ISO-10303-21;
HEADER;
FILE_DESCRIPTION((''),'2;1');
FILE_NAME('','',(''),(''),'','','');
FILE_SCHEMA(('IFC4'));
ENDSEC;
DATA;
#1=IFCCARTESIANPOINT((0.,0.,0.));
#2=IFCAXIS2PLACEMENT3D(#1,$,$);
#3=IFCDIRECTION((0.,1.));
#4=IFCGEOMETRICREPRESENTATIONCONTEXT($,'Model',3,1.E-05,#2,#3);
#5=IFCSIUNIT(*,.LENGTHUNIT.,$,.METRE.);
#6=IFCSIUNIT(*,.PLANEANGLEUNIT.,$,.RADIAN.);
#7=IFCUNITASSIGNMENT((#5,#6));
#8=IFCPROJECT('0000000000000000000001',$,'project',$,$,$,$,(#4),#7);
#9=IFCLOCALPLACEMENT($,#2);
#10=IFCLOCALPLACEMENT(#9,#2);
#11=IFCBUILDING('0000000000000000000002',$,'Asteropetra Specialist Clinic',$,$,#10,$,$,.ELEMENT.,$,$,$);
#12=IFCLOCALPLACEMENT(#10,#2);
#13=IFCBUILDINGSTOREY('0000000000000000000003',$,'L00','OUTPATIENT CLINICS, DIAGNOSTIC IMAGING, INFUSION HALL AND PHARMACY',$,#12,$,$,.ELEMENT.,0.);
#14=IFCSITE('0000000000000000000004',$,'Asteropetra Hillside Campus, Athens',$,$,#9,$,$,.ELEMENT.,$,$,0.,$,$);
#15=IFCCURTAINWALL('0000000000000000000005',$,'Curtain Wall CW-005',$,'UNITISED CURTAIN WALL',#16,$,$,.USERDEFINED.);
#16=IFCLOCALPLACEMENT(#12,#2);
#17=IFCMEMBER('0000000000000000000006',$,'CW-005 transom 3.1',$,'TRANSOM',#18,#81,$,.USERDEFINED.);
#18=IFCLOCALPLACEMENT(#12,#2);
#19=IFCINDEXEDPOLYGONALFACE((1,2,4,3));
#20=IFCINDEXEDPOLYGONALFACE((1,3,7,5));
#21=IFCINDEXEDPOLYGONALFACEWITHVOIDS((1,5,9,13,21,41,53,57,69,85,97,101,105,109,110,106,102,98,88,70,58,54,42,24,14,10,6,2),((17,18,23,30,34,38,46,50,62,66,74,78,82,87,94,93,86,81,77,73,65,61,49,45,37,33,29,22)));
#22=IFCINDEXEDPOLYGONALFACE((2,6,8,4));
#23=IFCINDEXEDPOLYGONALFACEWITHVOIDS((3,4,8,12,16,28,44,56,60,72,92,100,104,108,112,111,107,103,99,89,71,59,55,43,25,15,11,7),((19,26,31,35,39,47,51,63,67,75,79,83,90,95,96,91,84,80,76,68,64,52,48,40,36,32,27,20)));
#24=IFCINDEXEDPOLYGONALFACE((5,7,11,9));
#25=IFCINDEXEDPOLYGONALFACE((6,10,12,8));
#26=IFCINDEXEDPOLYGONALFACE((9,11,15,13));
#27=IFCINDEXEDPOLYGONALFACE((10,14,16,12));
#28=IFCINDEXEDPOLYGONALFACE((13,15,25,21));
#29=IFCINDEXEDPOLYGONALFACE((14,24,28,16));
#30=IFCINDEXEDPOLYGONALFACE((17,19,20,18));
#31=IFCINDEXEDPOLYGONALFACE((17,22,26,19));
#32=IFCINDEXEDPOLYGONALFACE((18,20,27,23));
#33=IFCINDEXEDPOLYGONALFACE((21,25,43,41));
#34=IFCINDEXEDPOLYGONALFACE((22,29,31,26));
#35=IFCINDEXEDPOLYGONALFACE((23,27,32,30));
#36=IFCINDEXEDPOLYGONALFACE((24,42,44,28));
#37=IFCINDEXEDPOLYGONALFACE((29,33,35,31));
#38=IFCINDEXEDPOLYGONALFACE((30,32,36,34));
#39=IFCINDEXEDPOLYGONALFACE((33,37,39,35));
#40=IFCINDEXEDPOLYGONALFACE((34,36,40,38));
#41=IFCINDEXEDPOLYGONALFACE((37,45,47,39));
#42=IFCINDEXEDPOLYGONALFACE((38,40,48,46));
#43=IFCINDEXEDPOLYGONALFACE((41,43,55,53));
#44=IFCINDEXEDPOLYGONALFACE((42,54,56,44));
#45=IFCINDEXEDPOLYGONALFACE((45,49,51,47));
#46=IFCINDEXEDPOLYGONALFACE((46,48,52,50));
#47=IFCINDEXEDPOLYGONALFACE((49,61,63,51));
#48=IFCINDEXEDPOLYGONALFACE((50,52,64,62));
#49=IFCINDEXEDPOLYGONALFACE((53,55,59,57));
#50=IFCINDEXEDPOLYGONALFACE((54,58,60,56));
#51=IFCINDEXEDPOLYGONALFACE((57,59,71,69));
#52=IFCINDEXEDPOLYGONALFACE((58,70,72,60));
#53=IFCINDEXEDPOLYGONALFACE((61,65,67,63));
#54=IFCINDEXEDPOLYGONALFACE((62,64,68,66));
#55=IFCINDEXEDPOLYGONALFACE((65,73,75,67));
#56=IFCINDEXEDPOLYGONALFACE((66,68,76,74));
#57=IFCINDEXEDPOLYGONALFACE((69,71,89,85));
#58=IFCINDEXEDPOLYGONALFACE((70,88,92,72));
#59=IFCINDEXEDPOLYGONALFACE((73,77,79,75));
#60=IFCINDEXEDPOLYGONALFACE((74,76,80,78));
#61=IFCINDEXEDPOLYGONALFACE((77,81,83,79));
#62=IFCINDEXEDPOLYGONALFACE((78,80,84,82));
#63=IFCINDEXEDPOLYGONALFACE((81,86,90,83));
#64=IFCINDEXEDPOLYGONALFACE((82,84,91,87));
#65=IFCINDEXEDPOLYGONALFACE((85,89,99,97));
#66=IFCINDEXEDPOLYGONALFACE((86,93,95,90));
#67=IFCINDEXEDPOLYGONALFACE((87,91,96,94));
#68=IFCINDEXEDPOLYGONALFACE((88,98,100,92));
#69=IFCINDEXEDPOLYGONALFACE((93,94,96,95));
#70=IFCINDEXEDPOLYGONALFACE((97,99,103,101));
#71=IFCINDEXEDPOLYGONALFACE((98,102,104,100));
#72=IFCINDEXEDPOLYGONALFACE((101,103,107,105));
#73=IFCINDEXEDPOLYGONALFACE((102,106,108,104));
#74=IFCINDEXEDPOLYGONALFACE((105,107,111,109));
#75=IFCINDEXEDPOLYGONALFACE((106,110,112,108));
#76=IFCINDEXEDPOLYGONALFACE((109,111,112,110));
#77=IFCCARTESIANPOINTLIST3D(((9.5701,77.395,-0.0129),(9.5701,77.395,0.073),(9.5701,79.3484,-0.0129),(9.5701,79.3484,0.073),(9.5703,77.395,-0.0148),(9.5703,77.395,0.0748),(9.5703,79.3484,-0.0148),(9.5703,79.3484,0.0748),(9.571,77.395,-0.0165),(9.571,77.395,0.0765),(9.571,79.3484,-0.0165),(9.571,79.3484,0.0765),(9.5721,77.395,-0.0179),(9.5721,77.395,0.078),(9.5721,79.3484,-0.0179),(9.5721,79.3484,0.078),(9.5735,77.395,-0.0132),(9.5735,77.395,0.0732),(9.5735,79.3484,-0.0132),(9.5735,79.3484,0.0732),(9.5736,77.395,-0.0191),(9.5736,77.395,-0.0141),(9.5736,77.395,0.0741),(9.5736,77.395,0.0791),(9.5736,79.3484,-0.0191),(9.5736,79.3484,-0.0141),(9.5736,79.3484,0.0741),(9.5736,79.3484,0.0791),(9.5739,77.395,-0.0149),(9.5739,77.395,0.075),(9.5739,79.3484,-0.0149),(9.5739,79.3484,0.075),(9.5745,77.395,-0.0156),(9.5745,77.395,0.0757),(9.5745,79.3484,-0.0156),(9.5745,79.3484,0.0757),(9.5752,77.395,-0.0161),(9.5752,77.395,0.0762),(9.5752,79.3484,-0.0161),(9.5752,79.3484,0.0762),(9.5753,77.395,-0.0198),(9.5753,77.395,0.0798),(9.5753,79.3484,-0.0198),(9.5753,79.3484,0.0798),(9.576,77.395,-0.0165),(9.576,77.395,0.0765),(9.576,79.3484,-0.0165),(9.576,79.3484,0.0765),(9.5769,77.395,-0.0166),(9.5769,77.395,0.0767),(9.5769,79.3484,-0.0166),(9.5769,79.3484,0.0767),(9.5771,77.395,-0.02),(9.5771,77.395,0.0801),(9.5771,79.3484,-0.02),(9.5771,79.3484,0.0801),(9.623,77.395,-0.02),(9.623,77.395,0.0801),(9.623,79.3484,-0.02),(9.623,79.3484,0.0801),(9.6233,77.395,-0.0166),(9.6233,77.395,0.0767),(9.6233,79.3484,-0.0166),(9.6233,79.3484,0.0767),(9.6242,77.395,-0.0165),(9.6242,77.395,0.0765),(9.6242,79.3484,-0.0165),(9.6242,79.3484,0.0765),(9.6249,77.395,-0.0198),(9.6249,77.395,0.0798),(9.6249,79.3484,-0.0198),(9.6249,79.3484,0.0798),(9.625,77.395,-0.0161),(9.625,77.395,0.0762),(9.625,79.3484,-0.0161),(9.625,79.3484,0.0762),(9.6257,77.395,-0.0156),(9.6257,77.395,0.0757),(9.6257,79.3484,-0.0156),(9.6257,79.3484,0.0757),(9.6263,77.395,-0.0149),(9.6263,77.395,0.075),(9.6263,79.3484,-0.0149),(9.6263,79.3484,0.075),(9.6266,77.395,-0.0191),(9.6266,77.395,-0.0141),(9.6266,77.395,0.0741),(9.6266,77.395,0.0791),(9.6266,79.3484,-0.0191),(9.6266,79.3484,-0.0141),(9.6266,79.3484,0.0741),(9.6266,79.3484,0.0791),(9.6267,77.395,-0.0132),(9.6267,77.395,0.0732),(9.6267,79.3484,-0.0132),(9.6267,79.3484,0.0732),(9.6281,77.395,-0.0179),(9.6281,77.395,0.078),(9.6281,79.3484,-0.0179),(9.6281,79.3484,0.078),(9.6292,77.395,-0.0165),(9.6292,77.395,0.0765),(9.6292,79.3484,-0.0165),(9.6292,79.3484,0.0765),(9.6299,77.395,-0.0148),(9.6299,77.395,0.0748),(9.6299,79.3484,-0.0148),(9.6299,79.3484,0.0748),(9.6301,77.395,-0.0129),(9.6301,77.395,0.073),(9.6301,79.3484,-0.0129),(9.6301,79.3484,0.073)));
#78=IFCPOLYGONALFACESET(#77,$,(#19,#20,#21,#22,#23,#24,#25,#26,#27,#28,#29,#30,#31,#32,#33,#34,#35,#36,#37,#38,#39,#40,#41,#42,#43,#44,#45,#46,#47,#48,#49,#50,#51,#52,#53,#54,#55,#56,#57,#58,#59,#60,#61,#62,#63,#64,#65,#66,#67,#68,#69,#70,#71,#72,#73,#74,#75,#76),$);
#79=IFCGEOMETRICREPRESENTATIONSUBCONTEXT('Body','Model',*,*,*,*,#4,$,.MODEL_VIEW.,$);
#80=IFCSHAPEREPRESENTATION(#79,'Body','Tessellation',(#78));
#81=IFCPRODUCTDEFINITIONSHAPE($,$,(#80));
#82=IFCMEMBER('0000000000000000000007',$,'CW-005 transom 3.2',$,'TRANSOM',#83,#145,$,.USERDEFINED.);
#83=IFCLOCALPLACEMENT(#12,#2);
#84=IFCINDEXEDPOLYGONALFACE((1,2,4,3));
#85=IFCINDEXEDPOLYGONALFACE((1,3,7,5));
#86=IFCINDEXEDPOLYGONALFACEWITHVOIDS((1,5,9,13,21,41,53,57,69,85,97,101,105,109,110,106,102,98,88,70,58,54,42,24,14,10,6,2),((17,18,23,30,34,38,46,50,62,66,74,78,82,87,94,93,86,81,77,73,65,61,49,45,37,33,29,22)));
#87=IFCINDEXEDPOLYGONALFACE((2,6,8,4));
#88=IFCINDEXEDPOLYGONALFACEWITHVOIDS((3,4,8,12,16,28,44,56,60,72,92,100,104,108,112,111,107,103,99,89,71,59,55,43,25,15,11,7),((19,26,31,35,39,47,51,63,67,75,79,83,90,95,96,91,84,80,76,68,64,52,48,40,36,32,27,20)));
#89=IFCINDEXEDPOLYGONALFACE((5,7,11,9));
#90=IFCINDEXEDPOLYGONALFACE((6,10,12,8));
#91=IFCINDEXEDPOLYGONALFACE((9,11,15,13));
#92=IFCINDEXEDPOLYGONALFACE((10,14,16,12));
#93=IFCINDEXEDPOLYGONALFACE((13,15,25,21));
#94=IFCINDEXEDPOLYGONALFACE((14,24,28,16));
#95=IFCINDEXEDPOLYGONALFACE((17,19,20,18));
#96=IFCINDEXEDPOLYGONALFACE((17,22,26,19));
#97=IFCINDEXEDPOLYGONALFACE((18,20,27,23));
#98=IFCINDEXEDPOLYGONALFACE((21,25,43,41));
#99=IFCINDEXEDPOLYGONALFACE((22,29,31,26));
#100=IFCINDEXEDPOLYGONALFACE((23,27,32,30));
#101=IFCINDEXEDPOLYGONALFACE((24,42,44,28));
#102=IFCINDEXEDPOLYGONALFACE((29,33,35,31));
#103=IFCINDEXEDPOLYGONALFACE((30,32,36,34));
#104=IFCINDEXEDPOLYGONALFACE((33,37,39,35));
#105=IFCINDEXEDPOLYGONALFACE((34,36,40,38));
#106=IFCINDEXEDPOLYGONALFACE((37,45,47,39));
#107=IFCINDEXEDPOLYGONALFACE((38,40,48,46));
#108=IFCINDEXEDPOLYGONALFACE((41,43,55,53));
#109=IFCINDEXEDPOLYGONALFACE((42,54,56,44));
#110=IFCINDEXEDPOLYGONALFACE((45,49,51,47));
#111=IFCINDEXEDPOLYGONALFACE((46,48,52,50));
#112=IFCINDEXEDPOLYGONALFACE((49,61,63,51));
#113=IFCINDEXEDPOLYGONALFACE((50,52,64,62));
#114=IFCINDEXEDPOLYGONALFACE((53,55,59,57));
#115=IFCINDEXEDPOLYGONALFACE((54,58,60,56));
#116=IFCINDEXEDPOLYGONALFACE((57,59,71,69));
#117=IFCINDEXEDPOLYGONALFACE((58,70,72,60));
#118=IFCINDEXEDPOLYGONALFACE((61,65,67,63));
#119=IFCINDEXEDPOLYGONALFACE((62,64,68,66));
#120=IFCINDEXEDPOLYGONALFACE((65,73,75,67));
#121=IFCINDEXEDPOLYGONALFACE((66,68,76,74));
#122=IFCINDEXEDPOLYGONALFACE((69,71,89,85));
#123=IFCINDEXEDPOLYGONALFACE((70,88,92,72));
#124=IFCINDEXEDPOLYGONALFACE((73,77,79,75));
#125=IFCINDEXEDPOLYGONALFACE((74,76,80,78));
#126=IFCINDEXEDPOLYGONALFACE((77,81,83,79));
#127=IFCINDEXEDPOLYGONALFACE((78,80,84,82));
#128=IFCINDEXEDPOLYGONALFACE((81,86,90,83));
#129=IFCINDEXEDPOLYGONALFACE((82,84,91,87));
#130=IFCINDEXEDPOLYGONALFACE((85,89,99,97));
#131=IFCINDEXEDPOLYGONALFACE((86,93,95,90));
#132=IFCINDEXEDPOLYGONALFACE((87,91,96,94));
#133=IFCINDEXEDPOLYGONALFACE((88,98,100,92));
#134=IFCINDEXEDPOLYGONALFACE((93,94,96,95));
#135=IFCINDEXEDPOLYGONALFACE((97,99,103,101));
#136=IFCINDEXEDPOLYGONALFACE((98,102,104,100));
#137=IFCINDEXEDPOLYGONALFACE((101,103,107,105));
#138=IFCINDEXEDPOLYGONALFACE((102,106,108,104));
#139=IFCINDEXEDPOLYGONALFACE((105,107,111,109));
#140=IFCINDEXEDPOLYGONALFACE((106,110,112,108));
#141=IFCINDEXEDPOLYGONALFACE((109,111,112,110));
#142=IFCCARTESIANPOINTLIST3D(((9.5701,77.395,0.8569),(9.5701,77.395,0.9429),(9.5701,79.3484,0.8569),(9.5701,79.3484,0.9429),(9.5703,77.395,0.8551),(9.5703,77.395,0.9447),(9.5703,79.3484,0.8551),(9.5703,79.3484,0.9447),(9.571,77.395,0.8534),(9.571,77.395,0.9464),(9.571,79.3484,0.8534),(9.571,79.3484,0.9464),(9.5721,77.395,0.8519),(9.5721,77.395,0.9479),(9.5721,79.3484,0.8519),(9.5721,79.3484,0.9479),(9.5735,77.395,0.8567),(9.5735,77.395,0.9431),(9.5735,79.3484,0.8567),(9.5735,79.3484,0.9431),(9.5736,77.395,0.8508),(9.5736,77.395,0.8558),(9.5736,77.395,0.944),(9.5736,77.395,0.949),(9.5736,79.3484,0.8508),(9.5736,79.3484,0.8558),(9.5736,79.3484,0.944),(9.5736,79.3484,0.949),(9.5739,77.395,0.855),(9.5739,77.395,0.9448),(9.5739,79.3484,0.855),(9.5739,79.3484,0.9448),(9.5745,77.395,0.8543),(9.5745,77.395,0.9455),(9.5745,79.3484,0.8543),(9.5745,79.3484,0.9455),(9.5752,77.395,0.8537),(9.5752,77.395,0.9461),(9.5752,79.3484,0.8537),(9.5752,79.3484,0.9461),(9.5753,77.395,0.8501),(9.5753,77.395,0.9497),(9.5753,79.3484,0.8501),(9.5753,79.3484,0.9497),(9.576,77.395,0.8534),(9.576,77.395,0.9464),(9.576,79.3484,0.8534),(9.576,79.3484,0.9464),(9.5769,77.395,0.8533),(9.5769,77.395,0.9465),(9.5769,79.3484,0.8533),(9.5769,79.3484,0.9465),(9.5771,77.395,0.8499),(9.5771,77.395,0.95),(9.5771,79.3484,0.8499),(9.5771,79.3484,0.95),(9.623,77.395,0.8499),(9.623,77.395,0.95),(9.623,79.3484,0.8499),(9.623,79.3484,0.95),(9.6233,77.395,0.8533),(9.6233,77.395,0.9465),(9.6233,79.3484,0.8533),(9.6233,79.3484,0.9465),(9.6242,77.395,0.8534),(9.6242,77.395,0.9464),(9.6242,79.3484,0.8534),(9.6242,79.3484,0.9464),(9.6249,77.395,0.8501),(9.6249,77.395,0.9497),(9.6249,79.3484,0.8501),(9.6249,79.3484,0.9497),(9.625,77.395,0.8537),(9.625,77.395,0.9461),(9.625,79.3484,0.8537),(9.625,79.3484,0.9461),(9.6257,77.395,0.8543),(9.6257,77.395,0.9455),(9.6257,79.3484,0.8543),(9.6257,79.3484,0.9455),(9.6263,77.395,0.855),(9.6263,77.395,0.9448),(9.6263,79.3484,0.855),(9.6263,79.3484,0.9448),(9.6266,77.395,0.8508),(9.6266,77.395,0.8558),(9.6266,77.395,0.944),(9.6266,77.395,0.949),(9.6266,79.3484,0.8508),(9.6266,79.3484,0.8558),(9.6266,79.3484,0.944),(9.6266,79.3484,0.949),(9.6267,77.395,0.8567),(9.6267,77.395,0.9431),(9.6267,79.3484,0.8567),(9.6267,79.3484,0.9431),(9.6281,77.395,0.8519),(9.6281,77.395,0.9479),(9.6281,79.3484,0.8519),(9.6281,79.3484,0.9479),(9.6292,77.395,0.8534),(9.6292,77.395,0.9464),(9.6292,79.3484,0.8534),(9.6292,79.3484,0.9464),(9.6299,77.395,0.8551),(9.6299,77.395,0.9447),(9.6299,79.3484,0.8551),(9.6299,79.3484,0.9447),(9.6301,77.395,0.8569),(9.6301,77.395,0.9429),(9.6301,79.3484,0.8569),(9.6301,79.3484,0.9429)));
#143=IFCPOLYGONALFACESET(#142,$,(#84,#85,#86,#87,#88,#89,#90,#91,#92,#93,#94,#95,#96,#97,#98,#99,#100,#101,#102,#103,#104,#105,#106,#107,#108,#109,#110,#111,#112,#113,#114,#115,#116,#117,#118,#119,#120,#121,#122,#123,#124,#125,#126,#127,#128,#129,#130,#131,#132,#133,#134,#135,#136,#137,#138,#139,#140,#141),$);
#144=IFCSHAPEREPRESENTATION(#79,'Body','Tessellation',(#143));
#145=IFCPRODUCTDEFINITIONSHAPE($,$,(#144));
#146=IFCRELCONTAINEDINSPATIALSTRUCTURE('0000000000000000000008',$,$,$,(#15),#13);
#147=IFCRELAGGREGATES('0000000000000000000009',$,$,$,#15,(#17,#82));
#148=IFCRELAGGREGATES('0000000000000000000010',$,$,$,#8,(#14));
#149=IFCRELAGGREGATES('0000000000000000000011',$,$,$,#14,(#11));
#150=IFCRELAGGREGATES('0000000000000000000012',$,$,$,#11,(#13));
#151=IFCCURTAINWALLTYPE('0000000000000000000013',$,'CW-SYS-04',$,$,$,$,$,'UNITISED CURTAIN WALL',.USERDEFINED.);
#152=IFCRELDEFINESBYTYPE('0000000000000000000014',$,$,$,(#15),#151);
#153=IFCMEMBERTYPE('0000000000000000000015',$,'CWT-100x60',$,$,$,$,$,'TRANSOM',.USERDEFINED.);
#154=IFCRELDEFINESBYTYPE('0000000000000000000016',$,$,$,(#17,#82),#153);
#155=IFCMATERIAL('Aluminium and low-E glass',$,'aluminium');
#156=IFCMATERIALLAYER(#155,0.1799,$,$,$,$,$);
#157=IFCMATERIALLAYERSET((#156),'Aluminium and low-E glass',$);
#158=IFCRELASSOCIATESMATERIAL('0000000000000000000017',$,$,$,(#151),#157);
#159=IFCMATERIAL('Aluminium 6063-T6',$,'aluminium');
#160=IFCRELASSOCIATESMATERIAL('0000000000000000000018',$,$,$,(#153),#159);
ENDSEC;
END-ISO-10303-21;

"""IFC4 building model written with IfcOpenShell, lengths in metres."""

from ifc_helpers import new_model, si_unit, direction, frame, origin, origin_2d, place, context, subcontext, project, spatial, hollow_rectangle, extrude, material, layer, layer_set, material_profile, profile_set, type_object, element, aggregate, save


model = new_model("IFC4")

# Units and contexts
model_context = context("Model", 3, precision=1e-05, world=origin(), true_north=direction((0.0, 1.0)))
body_context = subcontext(model_context, "Body", "Model", "MODEL_VIEW")
ifc_project = project(units=[si_unit("LENGTHUNIT", "METRE"), si_unit("PLANEANGLEUNIT", "RADIAN")], contexts=[model_context])

# Site, building, storey
site_placement = place(None, origin())
site = spatial("IfcSite", under=ifc_project, at=site_placement, Name="Asteropetra Hillside Campus, Athens", CompositionType="ELEMENT", RefElevation=0.0)
building_placement = place(site_placement, origin())
building = spatial("IfcBuilding", under=site, at=building_placement, Name="Asteropetra Specialist Clinic", CompositionType="ELEMENT")
storey_placement = place(building_placement, origin())
storey = spatial("IfcBuildingStorey", under=building, at=storey_placement, Name="L00", Description="OUTPATIENT CLINICS, DIAGNOSTIC IMAGING, INFUSION HALL AND PHARMACY", CompositionType="ELEMENT", Elevation=0.0)

# Curtain wall
ifc_material_1 = material(Name="Aluminium and low-E glass", Category="aluminium")
ifc_layer_1 = layer(ifc_material_1, 0.1799)
ifc_layer_set_1 = layer_set([ifc_layer_1], Name="Aluminium and low-E glass")
curtain_wall_type_1 = type_object("IfcCurtainWallType", Name="CW-SYS-04", ElementType="UNITISED CURTAIN WALL", PredefinedType="USERDEFINED", material=ifc_layer_set_1)
curtain_wall_1_placement = place(storey_placement, origin())
curtain_wall_1 = element("IfcCurtainWall", 1, at=curtain_wall_1_placement, inside=storey, type_object=curtain_wall_type_1, Name="Curtain Wall CW-005", ObjectType="UNITISED CURTAIN WALL", PredefinedType="USERDEFINED")

# Members
ifc_material_2 = material(Name="Aluminium 6063-T6", Category="aluminium")
ifc_material_profile_1 = material_profile(ifc_material_2, hollow_rectangle(XDim=0.0601, YDim=0.1001, WallThickness=0.0034, InnerFilletRadius=0.0034, OuterFilletRadius=0.0071, at=origin_2d()), Name="TRN 100x60x3.5")
ifc_profile_set_1 = profile_set([ifc_material_profile_1], Name="Aluminium 6063-T6")
member_type_1 = type_object("IfcMemberType", Name="CWT-100x60", ElementType="TRANSOM", PredefinedType="USERDEFINED", material=ifc_profile_set_1)
member_1_placement = place(storey_placement, frame((9.6001, 79.3484, 0.03), z_axis=(0.0, -1.0, 0.0), x_axis=(1.0, 0.0, 0.0)))
member_1 = element("IfcMember", 2, at=member_1_placement, type_object=member_type_1, Name="CW-005 transom 3.1", ObjectType="TRANSOM", PredefinedType="USERDEFINED", context=body_context, shape_type="SweptSolid", body=[
    extrude(hollow_rectangle(XDim=0.0601, YDim=0.1001, WallThickness=0.0034, InnerFilletRadius=0.0034, OuterFilletRadius=0.0071, at=origin_2d()), origin(), (0.0, 0.0, 1.0), 1.9534),
])
member_2_placement = place(storey_placement, frame((9.6001, 79.3484, 0.8999), z_axis=(0.0, -1.0, 0.0), x_axis=(1.0, 0.0, 0.0)))
member_2 = element("IfcMember", 3, at=member_2_placement, type_object=member_type_1, Name="CW-005 transom 3.2", ObjectType="TRANSOM", PredefinedType="USERDEFINED", context=body_context, shape_type="SweptSolid", body=[
    extrude(hollow_rectangle(XDim=0.0601, YDim=0.1001, WallThickness=0.0034, InnerFilletRadius=0.0034, OuterFilletRadius=0.0071, at=origin_2d()), origin(), (0.0, 0.0, 1.0), 1.9534),
])

aggregate(curtain_wall_1, [member_1, member_2])

save(model, "model.ifc")
